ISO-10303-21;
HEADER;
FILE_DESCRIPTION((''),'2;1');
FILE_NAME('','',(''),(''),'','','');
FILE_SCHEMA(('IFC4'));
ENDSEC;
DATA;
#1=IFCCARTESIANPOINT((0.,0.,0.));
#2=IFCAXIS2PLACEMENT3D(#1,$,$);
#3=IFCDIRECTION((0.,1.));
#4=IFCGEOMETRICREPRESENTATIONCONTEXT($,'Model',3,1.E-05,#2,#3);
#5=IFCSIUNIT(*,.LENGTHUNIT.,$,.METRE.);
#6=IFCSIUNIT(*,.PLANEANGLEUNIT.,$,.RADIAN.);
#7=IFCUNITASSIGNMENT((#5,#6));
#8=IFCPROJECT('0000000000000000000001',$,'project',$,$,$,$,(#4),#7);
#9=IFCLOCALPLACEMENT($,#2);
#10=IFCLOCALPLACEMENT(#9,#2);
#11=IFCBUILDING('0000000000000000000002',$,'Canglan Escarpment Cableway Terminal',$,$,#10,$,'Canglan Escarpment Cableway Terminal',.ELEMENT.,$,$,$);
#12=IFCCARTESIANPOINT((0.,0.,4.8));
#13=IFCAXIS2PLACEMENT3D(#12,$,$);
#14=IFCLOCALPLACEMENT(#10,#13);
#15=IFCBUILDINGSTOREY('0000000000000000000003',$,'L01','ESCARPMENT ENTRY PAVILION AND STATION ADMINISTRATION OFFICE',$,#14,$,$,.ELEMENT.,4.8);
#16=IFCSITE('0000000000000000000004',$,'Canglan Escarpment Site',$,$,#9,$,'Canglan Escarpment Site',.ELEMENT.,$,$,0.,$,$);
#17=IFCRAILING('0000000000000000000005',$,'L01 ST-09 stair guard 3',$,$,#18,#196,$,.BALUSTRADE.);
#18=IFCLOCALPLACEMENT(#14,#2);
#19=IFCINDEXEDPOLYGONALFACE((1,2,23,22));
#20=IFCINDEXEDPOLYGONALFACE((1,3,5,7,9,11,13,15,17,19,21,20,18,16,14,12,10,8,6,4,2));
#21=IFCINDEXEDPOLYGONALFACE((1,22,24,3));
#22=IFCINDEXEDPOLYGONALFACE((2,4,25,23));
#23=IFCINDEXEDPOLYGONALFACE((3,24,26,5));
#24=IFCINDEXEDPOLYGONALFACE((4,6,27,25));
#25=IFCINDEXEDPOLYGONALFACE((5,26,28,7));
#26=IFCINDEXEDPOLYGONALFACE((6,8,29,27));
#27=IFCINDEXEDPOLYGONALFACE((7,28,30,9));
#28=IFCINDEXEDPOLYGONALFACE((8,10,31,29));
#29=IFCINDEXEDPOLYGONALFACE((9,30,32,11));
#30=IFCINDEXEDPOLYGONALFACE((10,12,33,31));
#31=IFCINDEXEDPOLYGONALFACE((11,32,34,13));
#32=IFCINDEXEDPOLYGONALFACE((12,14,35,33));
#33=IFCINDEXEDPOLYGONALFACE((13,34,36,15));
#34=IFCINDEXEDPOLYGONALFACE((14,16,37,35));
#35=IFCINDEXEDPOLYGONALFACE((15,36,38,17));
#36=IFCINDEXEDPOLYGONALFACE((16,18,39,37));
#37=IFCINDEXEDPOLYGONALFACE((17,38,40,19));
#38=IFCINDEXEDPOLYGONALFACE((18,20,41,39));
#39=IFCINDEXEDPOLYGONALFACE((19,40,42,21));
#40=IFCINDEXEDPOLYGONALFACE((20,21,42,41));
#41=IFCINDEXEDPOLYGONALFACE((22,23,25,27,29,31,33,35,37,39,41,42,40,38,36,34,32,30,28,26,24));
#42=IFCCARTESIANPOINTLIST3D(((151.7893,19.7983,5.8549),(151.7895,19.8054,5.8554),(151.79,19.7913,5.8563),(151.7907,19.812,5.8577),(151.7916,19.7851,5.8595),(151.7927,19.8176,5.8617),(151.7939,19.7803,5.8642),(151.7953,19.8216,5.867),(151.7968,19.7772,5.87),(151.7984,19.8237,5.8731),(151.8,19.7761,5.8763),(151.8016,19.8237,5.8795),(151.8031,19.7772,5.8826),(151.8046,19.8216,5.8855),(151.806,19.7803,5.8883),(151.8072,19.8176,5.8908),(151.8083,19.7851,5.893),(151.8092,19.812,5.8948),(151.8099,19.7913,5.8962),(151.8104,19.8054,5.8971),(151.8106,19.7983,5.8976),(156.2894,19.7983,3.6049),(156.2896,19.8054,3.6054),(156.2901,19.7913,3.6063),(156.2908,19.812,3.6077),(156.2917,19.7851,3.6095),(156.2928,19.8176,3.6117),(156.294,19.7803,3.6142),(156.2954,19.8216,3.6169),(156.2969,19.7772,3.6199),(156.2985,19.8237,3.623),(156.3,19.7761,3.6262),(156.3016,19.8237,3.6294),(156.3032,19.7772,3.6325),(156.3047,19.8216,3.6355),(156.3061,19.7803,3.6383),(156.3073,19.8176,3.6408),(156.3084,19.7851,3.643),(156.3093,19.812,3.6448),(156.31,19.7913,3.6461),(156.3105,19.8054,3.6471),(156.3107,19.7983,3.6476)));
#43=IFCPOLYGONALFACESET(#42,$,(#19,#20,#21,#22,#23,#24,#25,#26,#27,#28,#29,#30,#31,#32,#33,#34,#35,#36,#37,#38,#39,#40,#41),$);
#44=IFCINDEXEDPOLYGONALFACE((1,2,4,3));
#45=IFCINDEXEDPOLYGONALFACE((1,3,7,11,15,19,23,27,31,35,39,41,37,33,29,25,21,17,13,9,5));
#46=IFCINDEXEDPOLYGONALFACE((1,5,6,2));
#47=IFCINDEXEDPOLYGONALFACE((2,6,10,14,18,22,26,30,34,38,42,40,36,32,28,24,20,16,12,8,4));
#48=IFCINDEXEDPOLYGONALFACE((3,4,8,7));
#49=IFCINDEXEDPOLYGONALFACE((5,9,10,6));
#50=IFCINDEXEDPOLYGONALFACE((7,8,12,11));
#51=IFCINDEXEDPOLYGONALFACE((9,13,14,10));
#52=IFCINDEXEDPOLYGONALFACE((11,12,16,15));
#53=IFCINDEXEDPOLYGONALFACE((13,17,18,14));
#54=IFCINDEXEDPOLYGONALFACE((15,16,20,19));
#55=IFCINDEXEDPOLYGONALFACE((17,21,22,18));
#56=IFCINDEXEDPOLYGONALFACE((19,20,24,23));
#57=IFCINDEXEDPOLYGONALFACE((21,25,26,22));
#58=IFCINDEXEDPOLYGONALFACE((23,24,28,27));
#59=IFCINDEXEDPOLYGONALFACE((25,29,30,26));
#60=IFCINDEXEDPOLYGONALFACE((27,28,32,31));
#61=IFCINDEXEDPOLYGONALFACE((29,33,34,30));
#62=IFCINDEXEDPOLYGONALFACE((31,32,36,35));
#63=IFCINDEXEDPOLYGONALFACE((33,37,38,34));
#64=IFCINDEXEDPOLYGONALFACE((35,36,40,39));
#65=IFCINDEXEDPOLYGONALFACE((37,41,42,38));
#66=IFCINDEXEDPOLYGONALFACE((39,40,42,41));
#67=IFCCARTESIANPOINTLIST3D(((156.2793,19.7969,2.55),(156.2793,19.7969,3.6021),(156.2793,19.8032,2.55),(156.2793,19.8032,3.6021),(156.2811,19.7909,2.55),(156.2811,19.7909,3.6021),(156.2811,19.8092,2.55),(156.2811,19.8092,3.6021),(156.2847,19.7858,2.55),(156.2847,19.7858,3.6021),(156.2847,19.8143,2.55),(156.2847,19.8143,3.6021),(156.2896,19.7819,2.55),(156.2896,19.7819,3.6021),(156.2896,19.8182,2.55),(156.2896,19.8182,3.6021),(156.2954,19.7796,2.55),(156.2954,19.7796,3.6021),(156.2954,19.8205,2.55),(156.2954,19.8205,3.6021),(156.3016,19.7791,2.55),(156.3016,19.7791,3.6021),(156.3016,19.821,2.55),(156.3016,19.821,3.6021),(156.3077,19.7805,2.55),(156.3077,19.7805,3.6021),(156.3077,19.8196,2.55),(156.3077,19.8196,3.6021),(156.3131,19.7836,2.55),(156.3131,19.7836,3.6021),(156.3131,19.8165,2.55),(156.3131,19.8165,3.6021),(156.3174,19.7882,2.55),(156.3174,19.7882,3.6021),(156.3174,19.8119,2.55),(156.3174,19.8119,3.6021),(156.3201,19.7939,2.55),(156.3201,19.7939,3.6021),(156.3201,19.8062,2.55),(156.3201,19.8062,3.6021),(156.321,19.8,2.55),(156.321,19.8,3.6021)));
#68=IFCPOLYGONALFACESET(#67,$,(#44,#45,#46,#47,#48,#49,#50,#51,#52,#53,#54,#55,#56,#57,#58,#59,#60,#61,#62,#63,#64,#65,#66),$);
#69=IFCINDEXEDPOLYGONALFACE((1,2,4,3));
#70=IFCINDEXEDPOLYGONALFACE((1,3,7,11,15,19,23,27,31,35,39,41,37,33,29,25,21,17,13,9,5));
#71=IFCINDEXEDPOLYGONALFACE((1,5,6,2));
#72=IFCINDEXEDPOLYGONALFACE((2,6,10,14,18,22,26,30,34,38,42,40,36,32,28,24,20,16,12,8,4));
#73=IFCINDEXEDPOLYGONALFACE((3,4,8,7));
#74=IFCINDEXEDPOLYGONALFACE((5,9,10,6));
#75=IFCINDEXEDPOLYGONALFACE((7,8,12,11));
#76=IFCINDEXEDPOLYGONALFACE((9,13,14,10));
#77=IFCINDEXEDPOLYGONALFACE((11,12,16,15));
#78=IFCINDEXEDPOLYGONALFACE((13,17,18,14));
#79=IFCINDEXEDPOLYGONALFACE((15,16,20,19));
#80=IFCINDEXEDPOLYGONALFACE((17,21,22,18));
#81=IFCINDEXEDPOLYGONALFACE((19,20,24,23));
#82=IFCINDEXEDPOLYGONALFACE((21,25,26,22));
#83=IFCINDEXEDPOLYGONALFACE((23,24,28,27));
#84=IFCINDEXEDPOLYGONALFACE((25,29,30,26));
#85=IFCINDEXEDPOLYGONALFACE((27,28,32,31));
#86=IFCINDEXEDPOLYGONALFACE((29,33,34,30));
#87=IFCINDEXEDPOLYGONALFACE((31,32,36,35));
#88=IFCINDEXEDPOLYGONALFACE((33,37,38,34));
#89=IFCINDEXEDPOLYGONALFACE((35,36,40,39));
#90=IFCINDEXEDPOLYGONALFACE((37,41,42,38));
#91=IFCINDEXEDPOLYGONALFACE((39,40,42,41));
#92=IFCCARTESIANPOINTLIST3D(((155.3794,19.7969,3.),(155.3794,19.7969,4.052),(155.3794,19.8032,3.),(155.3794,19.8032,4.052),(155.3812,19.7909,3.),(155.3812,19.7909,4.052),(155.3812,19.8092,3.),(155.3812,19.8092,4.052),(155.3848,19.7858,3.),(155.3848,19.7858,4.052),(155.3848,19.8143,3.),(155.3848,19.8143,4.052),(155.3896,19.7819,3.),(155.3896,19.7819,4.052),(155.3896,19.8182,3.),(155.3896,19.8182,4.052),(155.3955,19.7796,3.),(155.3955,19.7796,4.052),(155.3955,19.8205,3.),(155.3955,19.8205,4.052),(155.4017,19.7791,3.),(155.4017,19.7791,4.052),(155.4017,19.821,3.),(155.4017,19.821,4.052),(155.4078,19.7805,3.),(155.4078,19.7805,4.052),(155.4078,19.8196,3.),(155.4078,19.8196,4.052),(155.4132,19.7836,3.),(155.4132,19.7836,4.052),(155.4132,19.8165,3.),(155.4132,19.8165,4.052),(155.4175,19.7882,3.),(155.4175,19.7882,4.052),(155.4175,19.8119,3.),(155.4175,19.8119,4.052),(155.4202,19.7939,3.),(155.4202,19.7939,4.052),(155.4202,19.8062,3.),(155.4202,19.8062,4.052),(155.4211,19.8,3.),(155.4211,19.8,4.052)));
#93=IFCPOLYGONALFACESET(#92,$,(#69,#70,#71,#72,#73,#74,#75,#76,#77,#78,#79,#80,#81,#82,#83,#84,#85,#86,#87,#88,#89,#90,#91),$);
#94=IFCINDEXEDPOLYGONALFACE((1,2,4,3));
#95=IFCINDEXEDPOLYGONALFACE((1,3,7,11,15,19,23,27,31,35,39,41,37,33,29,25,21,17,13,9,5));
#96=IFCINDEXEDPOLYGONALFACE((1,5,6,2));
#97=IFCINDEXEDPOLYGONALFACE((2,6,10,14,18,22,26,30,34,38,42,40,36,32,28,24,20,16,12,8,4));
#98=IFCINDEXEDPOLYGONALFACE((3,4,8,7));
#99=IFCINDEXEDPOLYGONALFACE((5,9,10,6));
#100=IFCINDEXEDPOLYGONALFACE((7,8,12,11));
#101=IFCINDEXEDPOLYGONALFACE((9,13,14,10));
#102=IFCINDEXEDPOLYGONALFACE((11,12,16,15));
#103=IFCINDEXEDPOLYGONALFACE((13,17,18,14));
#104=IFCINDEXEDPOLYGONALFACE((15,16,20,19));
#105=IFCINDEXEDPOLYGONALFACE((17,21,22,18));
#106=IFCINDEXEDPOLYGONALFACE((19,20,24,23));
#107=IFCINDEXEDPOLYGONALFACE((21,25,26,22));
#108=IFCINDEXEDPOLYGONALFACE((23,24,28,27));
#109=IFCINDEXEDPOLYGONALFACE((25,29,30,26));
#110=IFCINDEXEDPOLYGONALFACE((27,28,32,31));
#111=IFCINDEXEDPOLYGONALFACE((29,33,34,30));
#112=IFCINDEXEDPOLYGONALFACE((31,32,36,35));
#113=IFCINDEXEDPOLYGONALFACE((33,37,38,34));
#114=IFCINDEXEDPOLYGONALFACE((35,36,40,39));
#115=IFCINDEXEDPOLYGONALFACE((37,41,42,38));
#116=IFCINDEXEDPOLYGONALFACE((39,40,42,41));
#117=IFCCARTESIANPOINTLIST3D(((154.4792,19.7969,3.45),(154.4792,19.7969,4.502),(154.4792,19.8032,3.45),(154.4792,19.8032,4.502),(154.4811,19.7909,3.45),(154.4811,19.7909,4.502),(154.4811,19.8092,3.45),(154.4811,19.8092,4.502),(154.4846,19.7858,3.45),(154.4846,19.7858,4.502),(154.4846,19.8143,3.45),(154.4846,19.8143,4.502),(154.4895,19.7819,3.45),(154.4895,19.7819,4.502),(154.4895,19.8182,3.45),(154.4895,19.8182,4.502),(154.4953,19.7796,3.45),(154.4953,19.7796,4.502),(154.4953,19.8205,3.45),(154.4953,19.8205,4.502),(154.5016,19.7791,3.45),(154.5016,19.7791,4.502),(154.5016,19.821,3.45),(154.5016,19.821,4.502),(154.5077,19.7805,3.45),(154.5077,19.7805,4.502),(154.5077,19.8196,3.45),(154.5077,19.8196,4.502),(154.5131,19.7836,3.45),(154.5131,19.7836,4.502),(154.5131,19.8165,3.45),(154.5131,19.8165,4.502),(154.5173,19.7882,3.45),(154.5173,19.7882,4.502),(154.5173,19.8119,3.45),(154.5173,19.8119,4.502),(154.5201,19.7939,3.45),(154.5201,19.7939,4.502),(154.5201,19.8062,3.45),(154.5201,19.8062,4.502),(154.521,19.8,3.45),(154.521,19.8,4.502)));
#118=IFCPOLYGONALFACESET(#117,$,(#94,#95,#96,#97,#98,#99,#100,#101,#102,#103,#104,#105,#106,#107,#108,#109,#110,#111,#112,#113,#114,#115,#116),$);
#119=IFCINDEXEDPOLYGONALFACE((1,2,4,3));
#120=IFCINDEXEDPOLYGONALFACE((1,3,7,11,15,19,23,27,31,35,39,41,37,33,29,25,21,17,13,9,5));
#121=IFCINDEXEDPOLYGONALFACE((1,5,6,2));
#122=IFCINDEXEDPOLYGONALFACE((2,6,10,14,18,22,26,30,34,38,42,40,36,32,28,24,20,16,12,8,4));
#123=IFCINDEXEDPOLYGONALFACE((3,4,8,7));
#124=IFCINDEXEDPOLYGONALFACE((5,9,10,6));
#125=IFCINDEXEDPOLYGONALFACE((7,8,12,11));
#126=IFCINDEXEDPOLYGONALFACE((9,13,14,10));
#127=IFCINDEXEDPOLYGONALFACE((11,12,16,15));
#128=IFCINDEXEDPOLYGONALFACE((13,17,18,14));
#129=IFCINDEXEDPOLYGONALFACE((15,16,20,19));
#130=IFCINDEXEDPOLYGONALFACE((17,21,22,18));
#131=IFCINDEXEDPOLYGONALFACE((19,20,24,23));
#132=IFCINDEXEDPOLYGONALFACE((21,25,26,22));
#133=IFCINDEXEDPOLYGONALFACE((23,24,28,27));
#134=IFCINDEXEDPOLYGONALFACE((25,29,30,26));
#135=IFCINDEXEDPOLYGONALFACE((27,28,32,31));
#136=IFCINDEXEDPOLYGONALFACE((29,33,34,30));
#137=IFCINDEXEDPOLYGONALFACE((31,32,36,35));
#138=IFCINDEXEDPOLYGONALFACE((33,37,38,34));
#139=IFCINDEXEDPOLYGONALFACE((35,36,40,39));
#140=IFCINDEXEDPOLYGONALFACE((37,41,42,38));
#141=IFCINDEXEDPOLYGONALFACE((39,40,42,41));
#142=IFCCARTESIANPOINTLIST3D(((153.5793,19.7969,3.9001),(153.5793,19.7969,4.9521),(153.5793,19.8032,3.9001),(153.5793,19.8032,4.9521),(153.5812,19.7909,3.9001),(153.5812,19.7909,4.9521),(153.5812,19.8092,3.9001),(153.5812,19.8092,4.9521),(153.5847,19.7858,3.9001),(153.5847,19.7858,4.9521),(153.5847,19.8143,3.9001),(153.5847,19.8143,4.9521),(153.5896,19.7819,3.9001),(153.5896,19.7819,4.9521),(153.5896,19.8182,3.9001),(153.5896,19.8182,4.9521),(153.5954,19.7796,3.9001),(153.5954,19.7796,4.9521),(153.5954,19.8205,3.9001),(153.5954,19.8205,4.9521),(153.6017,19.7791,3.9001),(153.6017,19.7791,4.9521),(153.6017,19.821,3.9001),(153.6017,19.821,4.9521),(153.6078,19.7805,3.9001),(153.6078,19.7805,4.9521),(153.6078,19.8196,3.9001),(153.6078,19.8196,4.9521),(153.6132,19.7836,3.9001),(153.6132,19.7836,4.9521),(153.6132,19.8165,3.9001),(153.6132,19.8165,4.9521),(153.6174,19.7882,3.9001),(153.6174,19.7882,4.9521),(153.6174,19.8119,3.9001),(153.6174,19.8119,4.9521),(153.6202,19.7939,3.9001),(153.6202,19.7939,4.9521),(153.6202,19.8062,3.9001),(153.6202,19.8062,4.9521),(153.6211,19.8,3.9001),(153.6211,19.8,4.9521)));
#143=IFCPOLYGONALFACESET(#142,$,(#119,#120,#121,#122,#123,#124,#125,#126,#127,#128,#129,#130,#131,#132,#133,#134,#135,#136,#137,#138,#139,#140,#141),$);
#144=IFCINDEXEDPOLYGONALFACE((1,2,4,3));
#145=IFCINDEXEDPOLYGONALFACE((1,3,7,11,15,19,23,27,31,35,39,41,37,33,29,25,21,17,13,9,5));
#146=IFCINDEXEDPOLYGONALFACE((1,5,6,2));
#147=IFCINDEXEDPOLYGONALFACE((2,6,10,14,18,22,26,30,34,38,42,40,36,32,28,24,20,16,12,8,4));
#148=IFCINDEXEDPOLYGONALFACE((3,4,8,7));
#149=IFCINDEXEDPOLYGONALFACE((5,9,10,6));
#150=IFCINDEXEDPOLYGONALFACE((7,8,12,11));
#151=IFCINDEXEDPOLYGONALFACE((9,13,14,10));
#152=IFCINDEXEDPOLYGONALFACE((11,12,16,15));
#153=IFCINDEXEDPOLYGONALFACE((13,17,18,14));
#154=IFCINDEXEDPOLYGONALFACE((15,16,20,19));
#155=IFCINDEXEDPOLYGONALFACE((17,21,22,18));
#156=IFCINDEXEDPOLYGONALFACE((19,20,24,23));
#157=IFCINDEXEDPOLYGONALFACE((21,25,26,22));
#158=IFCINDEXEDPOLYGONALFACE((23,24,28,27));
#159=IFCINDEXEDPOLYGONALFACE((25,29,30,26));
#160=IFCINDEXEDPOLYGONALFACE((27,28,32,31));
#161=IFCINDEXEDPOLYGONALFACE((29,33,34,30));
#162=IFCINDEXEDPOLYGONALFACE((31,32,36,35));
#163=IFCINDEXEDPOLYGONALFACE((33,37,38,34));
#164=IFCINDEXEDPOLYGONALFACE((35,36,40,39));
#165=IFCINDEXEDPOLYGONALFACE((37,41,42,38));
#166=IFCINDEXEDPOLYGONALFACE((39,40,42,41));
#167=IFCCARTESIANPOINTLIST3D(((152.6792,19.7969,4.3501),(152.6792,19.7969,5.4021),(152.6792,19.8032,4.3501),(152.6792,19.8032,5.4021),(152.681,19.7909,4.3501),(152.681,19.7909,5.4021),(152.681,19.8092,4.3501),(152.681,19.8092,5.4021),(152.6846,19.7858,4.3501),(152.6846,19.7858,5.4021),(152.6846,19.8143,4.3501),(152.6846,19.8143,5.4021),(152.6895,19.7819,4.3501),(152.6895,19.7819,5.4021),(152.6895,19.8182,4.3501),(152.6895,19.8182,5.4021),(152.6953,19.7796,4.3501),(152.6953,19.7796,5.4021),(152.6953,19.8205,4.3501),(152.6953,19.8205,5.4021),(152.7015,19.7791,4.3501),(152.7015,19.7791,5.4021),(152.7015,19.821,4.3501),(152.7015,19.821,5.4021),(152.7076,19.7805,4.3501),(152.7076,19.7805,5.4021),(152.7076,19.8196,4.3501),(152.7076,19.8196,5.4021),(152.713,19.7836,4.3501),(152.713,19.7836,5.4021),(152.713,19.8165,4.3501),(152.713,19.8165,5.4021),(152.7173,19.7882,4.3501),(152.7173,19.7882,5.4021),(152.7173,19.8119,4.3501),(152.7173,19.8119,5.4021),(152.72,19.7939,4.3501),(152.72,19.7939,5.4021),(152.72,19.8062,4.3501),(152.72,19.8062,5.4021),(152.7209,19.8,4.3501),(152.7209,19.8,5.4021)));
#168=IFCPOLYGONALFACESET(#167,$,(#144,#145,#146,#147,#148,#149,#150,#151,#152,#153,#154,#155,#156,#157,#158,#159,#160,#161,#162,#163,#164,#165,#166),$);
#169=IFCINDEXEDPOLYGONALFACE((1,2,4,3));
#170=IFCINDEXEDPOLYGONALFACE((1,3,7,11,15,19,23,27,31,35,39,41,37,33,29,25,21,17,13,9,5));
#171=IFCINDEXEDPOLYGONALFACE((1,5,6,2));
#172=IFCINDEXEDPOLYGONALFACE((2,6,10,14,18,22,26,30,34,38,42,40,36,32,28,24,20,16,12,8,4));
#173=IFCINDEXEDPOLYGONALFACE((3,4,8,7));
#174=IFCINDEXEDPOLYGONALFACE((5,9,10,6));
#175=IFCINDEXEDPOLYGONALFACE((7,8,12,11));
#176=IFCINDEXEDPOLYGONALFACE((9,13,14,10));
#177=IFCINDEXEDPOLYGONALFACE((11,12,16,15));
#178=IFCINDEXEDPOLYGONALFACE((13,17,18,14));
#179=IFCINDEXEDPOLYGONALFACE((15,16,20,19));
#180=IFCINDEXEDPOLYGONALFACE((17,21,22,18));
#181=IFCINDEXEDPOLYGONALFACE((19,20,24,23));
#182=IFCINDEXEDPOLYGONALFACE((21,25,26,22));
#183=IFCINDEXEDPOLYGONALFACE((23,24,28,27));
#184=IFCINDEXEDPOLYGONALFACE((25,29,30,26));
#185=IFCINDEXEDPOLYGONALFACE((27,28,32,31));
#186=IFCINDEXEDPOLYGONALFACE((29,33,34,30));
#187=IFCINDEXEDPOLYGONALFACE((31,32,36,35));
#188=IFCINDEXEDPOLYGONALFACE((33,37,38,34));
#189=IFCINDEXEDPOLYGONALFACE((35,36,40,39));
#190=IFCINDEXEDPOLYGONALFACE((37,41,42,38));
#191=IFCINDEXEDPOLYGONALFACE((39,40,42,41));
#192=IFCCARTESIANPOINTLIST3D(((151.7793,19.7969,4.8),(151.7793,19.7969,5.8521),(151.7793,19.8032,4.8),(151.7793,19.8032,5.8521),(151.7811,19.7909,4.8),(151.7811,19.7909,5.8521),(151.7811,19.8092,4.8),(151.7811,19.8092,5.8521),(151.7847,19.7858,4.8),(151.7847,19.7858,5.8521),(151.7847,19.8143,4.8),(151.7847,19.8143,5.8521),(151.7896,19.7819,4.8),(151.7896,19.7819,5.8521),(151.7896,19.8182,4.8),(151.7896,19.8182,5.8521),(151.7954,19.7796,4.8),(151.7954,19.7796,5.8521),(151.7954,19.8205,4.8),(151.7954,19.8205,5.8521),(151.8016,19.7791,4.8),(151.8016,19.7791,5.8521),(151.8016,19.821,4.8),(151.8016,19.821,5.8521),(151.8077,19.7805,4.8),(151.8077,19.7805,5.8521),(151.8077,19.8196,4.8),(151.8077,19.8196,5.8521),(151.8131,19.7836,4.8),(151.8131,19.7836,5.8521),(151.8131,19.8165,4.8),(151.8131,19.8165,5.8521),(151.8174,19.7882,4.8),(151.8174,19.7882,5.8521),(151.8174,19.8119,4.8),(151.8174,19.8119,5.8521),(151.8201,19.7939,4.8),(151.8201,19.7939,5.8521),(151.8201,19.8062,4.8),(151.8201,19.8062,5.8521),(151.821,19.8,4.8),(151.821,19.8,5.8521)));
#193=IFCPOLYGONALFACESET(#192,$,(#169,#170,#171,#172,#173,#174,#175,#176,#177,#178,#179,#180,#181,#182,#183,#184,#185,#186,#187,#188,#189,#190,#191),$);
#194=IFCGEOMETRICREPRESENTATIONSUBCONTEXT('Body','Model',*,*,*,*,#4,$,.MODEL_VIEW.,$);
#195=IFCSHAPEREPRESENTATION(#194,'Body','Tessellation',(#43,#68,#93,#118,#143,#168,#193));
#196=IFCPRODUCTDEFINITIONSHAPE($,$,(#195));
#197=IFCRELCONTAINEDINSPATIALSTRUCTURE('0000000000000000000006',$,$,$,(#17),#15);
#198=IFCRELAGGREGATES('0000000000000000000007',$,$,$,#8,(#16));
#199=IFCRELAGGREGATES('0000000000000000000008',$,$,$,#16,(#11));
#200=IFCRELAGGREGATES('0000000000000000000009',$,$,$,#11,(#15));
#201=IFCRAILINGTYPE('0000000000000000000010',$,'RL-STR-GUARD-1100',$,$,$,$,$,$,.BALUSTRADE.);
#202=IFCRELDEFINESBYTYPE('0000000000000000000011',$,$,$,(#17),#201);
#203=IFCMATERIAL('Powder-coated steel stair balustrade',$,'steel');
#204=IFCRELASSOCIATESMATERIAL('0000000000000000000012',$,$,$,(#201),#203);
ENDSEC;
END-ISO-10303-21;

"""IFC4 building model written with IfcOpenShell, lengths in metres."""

from ifc_helpers import new_model, si_unit, direction, frame, origin, origin_2d, place, context, subcontext, project, spatial, circle, extrude, material, type_object, element, save


model = new_model("IFC4")

# Units and contexts
model_context = context("Model", 3, precision=1e-05, world=origin(), true_north=direction((0.0, 1.0)))
body_context = subcontext(model_context, "Body", "Model", "MODEL_VIEW")
ifc_project = project(units=[si_unit("LENGTHUNIT", "METRE"), si_unit("PLANEANGLEUNIT", "RADIAN")], contexts=[model_context])

# Site, building, storey
site_placement = place(None, origin())
site = spatial("IfcSite", under=ifc_project, at=site_placement, Name="Canglan Escarpment Site", LongName="Canglan Escarpment Site", CompositionType="ELEMENT", RefElevation=0.0)
building_placement = place(site_placement, origin())
building = spatial("IfcBuilding", under=site, at=building_placement, Name="Canglan Escarpment Cableway Terminal", LongName="Canglan Escarpment Cableway Terminal", CompositionType="ELEMENT")
storey_placement = place(building_placement, frame((0.0, 0.0, 4.8)))
storey = spatial("IfcBuildingStorey", under=building, at=storey_placement, Name="L01", Description="ESCARPMENT ENTRY PAVILION AND STATION ADMINISTRATION OFFICE", CompositionType="ELEMENT", Elevation=4.8)

# Railing
ifc_material_1 = material(Name="Powder-coated steel stair balustrade", Category="steel")
railing_type_1 = type_object("IfcRailingType", Name="RL-STR-GUARD-1100", PredefinedType="BALUSTRADE", material=ifc_material_1)
railing_1_placement = place(storey_placement, frame((156.3, 19.8, 2.55)))
element("IfcRailing", 1, at=railing_1_placement, inside=storey, type_object=railing_type_1, Name="L01 ST-09 stair guard 3", PredefinedType="BALUSTRADE", context=body_context, shape_type="SweptSolid", body=[
    extrude(circle(Radius=0.0239, at=origin_2d()), frame((0.0, 0.0, 1.0762), z_axis=(-0.894427, 0.0, 0.447214), x_axis=(0.0, -1.0, 0.0)), (0.0, 0.0, 1.0), 5.0312),
    extrude(circle(Radius=0.021, at=origin_2d()), origin(), (0.0, 0.0, 1.0), 1.052),
    extrude(circle(Radius=0.021, at=origin_2d()), frame((-0.8999, 0.0, 0.45)), (0.0, 0.0, 1.0), 1.052),
    extrude(circle(Radius=0.021, at=origin_2d()), frame((-1.8, 0.0, 0.8999)), (0.0, 0.0, 1.0), 1.052),
    extrude(circle(Radius=0.021, at=origin_2d()), frame((-2.7, 0.0, 1.3501)), (0.0, 0.0, 1.0), 1.052),
    extrude(circle(Radius=0.021, at=origin_2d()), frame((-3.6001, 0.0, 1.8)), (0.0, 0.0, 1.0), 1.052),
    extrude(circle(Radius=0.021, at=origin_2d()), frame((-4.5, 0.0, 2.25)), (0.0, 0.0, 1.0), 1.052),
])

save(model, "model.ifc")
